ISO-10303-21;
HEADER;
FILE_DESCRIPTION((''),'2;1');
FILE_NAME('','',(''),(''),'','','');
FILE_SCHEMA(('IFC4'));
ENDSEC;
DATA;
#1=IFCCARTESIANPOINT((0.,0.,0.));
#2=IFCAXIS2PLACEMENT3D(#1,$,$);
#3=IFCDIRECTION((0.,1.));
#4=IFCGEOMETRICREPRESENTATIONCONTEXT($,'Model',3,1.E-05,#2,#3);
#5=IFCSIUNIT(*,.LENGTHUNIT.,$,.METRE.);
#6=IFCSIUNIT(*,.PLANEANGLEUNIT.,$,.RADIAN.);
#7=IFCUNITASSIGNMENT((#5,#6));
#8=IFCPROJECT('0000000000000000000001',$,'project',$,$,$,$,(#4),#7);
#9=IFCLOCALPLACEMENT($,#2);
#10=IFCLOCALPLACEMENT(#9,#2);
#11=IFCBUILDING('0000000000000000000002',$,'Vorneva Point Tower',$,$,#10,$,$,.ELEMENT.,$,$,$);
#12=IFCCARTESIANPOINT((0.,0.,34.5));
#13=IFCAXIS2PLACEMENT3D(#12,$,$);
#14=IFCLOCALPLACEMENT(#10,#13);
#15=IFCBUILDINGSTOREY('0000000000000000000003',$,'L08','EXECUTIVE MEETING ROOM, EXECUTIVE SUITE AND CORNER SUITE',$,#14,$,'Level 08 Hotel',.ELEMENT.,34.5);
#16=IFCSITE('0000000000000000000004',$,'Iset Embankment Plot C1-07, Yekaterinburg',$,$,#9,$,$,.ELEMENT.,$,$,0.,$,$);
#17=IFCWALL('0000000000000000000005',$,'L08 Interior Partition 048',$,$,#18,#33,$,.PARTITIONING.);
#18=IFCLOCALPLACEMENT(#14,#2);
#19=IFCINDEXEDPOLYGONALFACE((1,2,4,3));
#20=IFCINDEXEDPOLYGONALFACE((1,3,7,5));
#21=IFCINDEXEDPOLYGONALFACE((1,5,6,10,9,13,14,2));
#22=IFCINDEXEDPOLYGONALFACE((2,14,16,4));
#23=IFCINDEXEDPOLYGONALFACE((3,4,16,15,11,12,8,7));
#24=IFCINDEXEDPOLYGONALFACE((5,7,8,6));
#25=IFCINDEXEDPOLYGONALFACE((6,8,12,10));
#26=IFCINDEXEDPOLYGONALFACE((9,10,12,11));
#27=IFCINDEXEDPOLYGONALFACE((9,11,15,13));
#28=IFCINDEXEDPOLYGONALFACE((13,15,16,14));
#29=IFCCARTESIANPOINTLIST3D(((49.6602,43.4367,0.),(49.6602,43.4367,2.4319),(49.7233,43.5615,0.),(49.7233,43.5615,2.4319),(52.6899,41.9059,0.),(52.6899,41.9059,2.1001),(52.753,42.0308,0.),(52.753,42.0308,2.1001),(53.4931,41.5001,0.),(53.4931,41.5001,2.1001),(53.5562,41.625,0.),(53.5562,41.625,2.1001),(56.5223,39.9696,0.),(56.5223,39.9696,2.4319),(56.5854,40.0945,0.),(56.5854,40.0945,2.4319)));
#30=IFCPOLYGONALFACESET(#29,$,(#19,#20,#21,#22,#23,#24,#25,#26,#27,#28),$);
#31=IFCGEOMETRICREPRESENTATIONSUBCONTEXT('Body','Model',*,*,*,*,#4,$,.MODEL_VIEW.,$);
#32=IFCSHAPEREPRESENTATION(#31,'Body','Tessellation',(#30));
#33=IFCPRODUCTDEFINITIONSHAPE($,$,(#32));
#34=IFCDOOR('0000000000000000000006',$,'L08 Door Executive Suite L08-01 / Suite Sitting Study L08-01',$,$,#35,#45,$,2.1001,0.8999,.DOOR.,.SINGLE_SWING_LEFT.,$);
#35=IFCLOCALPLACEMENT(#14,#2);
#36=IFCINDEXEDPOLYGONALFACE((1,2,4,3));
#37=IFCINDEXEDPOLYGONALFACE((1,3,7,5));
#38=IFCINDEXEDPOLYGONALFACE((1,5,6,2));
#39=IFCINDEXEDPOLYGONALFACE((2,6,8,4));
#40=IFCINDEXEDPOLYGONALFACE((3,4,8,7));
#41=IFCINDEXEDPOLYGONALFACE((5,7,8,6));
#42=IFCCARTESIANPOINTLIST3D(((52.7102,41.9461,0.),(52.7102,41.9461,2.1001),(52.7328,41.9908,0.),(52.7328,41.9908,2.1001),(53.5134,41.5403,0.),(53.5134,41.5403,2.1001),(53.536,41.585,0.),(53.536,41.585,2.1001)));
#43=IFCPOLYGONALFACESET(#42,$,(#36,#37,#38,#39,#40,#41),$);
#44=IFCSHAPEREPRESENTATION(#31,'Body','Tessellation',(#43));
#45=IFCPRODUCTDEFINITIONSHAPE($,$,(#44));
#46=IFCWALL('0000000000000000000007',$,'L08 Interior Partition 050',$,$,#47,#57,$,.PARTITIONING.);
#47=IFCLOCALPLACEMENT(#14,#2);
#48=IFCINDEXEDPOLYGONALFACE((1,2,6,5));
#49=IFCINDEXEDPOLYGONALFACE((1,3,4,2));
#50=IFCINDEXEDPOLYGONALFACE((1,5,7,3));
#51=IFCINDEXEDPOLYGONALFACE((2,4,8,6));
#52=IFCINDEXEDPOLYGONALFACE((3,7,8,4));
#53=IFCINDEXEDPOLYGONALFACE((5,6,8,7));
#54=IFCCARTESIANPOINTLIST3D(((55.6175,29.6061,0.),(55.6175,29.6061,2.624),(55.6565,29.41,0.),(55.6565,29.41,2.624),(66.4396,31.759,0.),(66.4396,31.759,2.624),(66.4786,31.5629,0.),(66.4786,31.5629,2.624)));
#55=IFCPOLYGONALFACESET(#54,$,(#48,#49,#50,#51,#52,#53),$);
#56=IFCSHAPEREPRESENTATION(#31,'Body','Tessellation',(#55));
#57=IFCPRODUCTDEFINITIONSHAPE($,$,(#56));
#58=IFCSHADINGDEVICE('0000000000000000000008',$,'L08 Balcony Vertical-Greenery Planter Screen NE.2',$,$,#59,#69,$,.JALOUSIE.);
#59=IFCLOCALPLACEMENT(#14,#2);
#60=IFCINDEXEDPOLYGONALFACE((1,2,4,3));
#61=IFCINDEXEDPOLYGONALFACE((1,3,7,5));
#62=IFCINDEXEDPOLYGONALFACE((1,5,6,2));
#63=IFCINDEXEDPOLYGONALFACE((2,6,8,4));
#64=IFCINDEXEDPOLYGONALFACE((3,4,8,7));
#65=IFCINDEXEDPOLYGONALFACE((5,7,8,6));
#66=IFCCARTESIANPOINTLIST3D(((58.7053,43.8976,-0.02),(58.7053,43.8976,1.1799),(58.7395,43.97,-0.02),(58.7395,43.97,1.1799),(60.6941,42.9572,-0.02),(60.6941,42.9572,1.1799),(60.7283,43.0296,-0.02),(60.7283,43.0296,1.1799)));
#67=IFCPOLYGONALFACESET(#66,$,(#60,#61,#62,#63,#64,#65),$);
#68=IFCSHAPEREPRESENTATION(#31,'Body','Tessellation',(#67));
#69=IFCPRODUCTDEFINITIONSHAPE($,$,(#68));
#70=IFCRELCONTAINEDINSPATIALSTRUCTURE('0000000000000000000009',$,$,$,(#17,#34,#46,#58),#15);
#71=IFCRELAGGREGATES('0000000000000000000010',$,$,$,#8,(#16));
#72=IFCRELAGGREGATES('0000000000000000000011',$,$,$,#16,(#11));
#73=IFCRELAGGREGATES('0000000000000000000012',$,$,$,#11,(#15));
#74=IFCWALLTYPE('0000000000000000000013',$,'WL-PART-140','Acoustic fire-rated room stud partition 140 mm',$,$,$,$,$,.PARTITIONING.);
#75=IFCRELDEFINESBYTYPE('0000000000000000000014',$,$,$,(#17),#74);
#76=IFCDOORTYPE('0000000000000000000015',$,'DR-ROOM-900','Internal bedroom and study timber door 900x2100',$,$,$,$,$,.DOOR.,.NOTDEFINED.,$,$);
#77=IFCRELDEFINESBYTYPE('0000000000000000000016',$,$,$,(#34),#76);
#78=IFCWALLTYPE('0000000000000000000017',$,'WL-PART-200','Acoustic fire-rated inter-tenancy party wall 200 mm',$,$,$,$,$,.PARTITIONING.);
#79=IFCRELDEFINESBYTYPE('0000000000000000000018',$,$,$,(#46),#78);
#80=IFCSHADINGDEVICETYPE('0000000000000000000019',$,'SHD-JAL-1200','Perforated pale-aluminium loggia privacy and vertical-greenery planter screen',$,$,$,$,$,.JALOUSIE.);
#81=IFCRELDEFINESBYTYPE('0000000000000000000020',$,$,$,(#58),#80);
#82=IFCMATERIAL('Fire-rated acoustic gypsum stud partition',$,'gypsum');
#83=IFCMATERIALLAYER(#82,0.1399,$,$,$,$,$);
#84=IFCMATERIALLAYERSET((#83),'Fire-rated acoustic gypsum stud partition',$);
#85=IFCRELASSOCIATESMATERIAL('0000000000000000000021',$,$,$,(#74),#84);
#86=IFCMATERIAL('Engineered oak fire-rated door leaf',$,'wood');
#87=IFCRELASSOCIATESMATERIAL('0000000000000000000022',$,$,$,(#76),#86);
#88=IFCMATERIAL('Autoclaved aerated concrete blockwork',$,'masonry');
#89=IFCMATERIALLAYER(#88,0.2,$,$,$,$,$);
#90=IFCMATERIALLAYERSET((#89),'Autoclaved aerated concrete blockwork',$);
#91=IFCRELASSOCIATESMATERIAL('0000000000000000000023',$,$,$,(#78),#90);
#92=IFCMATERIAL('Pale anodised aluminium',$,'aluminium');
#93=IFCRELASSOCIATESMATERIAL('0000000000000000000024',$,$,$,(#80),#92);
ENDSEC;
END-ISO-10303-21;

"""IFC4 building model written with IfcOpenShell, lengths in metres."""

from ifc_helpers import new_model, si_unit, direction, frame, frame_2d, origin, origin_2d, place, context, subcontext, project, spatial, rectangle, extrude, material, layer, layer_set, type_object, element, fill, save


model = new_model("IFC4")

# Units and contexts
model_context = context("Model", 3, precision=1e-05, world=origin(), true_north=direction((0.0, 1.0)))
body_context = subcontext(model_context, "Body", "Model", "MODEL_VIEW")
ifc_project = project(units=[si_unit("LENGTHUNIT", "METRE"), si_unit("PLANEANGLEUNIT", "RADIAN")], contexts=[model_context])

# Site, building, storey
site_placement = place(None, origin())
site = spatial("IfcSite", under=ifc_project, at=site_placement, Name="Iset Embankment Plot C1-07, Yekaterinburg", CompositionType="ELEMENT", RefElevation=0.0)
building_placement = place(site_placement, origin())
building = spatial("IfcBuilding", under=site, at=building_placement, Name="Vorneva Point Tower", CompositionType="ELEMENT")
storey_placement = place(building_placement, frame((0.0, 0.0, 34.5)))
storey = spatial("IfcBuildingStorey", under=building, at=storey_placement, Name="L08", Description="EXECUTIVE MEETING ROOM, EXECUTIVE SUITE AND CORNER SUITE", LongName="Level 08 Hotel", CompositionType="ELEMENT", Elevation=34.5)

# Shared definitions
ifc_material_1 = material(Name="Pale anodised aluminium", Category="aluminium")

# Shared definitions
ifc_material_2 = material(Name="Fire-rated acoustic gypsum stud partition", Category="gypsum")
ifc_layer_1 = layer(ifc_material_2, 0.1399)
ifc_layer_set_1 = layer_set([ifc_layer_1], Name="Fire-rated acoustic gypsum stud partition")
wall_type_1 = type_object("IfcWallType", Name="WL-PART-140", Description="Acoustic fire-rated room stud partition 140 mm", PredefinedType="PARTITIONING", material=ifc_layer_set_1)

# Wall, opening, door
wall_1_placement = place(storey_placement, frame((56.554, 40.032, 0.0), z_axis=(0.0, 0.0, 1.0), x_axis=(-0.892546, 0.450957, 0.0)))
wall_1 = element("IfcWall", 1, at=wall_1_placement, inside=storey, type_object=wall_type_1, Name="L08 Interior Partition 048", PredefinedType="PARTITIONING", context=body_context, shape_type="SweptSolid", body=[
    extrude(rectangle(XDim=7.6882, YDim=0.1399, at=frame_2d((3.8442, 0.0))), origin(), (0.0, 0.0, 1.0), 2.4319),
])
opening_1_placement = place(wall_1_placement, frame((3.394, 0.0, 0.0)))
opening_1 = element("IfcOpeningElement", 2, at=opening_1_placement, cuts=wall_1, PredefinedType="OPENING", context=body_context, shape_type="SweptSolid", body=[
    extrude(rectangle(XDim=0.8999, YDim=2.1001, at=frame_2d((0.45, 1.05))), frame((0.0, 0.085, 0.0), z_axis=(0.0, -1.0, 0.0), x_axis=(1.0, 0.0, 0.0)), (0.0, 0.0, 1.0), 0.1697),
])
ifc_material_3 = material(Name="Engineered oak fire-rated door leaf", Category="wood")
door_type_1 = type_object("IfcDoorType", Name="DR-ROOM-900", Description="Internal bedroom and study timber door 900x2100", OperationType="NOTDEFINED", PredefinedType="DOOR", material=ifc_material_3)
door_1_placement = place(opening_1_placement, origin())
door_1 = element("IfcDoor", 3, at=door_1_placement, inside=storey, type_object=door_type_1, Name="L08 Door Executive Suite L08-01 / Suite Sitting Study L08-01", OperationType="SINGLE_SWING_LEFT", OverallHeight=2.1001, OverallWidth=0.8999, PredefinedType="DOOR", context=body_context, shape_type="SweptSolid", body=[
    extrude(rectangle(XDim=0.8999, YDim=2.1001, at=frame_2d((0.45, 1.05))), frame((0.0, 0.0249, 0.0), z_axis=(0.0, -1.0, 0.0), x_axis=(1.0, 0.0, 0.0)), (0.0, 0.0, 1.0), 0.05),
])
fill(opening_1, door_1)

# Wall
ifc_material_4 = material(Name="Autoclaved aerated concrete blockwork", Category="masonry")
ifc_layer_2 = layer(ifc_material_4, 0.2)
ifc_layer_set_2 = layer_set([ifc_layer_2], Name="Autoclaved aerated concrete blockwork")
wall_type_2 = type_object("IfcWallType", Name="WL-PART-200", Description="Acoustic fire-rated inter-tenancy party wall 200 mm", PredefinedType="PARTITIONING", material=ifc_layer_set_2)
wall_2_placement = place(storey_placement, frame((55.637, 29.5081, 0.0), z_axis=(0.0, 0.0, 1.0), x_axis=(0.980782, 0.195108, 0.0)))
element("IfcWall", 4, at=wall_2_placement, inside=storey, type_object=wall_type_2, Name="L08 Interior Partition 050", PredefinedType="PARTITIONING", context=body_context, shape_type="SweptSolid", body=[
    extrude(rectangle(XDim=11.0342, YDim=0.2, at=frame_2d((5.5171, 0.0))), origin(), (0.0, 0.0, 1.0), 2.624),
])

# Shading device
shading_device_type = type_object("IfcShadingDeviceType", Name="SHD-JAL-1200", Description="Perforated pale-aluminium loggia privacy and vertical-greenery planter screen", PredefinedType="JALOUSIE", material=ifc_material_1)
shading_device_placement = place(storey_placement, frame((59.7168, 43.4636, -0.02), z_axis=(0.0, 0.0, 1.0), x_axis=(-0.904023, 0.427484, 0.0)))
element("IfcShadingDevice", 5, at=shading_device_placement, inside=storey, type_object=shading_device_type, Name="L08 Balcony Vertical-Greenery Planter Screen NE.2", PredefinedType="JALOUSIE", context=body_context, shape_type="SweptSolid", body=[
    extrude(rectangle(XDim=2.2, YDim=0.0801, at=origin_2d()), origin(), (0.0, 0.0, 1.0), 1.2),
])

save(model, "model.ifc")
